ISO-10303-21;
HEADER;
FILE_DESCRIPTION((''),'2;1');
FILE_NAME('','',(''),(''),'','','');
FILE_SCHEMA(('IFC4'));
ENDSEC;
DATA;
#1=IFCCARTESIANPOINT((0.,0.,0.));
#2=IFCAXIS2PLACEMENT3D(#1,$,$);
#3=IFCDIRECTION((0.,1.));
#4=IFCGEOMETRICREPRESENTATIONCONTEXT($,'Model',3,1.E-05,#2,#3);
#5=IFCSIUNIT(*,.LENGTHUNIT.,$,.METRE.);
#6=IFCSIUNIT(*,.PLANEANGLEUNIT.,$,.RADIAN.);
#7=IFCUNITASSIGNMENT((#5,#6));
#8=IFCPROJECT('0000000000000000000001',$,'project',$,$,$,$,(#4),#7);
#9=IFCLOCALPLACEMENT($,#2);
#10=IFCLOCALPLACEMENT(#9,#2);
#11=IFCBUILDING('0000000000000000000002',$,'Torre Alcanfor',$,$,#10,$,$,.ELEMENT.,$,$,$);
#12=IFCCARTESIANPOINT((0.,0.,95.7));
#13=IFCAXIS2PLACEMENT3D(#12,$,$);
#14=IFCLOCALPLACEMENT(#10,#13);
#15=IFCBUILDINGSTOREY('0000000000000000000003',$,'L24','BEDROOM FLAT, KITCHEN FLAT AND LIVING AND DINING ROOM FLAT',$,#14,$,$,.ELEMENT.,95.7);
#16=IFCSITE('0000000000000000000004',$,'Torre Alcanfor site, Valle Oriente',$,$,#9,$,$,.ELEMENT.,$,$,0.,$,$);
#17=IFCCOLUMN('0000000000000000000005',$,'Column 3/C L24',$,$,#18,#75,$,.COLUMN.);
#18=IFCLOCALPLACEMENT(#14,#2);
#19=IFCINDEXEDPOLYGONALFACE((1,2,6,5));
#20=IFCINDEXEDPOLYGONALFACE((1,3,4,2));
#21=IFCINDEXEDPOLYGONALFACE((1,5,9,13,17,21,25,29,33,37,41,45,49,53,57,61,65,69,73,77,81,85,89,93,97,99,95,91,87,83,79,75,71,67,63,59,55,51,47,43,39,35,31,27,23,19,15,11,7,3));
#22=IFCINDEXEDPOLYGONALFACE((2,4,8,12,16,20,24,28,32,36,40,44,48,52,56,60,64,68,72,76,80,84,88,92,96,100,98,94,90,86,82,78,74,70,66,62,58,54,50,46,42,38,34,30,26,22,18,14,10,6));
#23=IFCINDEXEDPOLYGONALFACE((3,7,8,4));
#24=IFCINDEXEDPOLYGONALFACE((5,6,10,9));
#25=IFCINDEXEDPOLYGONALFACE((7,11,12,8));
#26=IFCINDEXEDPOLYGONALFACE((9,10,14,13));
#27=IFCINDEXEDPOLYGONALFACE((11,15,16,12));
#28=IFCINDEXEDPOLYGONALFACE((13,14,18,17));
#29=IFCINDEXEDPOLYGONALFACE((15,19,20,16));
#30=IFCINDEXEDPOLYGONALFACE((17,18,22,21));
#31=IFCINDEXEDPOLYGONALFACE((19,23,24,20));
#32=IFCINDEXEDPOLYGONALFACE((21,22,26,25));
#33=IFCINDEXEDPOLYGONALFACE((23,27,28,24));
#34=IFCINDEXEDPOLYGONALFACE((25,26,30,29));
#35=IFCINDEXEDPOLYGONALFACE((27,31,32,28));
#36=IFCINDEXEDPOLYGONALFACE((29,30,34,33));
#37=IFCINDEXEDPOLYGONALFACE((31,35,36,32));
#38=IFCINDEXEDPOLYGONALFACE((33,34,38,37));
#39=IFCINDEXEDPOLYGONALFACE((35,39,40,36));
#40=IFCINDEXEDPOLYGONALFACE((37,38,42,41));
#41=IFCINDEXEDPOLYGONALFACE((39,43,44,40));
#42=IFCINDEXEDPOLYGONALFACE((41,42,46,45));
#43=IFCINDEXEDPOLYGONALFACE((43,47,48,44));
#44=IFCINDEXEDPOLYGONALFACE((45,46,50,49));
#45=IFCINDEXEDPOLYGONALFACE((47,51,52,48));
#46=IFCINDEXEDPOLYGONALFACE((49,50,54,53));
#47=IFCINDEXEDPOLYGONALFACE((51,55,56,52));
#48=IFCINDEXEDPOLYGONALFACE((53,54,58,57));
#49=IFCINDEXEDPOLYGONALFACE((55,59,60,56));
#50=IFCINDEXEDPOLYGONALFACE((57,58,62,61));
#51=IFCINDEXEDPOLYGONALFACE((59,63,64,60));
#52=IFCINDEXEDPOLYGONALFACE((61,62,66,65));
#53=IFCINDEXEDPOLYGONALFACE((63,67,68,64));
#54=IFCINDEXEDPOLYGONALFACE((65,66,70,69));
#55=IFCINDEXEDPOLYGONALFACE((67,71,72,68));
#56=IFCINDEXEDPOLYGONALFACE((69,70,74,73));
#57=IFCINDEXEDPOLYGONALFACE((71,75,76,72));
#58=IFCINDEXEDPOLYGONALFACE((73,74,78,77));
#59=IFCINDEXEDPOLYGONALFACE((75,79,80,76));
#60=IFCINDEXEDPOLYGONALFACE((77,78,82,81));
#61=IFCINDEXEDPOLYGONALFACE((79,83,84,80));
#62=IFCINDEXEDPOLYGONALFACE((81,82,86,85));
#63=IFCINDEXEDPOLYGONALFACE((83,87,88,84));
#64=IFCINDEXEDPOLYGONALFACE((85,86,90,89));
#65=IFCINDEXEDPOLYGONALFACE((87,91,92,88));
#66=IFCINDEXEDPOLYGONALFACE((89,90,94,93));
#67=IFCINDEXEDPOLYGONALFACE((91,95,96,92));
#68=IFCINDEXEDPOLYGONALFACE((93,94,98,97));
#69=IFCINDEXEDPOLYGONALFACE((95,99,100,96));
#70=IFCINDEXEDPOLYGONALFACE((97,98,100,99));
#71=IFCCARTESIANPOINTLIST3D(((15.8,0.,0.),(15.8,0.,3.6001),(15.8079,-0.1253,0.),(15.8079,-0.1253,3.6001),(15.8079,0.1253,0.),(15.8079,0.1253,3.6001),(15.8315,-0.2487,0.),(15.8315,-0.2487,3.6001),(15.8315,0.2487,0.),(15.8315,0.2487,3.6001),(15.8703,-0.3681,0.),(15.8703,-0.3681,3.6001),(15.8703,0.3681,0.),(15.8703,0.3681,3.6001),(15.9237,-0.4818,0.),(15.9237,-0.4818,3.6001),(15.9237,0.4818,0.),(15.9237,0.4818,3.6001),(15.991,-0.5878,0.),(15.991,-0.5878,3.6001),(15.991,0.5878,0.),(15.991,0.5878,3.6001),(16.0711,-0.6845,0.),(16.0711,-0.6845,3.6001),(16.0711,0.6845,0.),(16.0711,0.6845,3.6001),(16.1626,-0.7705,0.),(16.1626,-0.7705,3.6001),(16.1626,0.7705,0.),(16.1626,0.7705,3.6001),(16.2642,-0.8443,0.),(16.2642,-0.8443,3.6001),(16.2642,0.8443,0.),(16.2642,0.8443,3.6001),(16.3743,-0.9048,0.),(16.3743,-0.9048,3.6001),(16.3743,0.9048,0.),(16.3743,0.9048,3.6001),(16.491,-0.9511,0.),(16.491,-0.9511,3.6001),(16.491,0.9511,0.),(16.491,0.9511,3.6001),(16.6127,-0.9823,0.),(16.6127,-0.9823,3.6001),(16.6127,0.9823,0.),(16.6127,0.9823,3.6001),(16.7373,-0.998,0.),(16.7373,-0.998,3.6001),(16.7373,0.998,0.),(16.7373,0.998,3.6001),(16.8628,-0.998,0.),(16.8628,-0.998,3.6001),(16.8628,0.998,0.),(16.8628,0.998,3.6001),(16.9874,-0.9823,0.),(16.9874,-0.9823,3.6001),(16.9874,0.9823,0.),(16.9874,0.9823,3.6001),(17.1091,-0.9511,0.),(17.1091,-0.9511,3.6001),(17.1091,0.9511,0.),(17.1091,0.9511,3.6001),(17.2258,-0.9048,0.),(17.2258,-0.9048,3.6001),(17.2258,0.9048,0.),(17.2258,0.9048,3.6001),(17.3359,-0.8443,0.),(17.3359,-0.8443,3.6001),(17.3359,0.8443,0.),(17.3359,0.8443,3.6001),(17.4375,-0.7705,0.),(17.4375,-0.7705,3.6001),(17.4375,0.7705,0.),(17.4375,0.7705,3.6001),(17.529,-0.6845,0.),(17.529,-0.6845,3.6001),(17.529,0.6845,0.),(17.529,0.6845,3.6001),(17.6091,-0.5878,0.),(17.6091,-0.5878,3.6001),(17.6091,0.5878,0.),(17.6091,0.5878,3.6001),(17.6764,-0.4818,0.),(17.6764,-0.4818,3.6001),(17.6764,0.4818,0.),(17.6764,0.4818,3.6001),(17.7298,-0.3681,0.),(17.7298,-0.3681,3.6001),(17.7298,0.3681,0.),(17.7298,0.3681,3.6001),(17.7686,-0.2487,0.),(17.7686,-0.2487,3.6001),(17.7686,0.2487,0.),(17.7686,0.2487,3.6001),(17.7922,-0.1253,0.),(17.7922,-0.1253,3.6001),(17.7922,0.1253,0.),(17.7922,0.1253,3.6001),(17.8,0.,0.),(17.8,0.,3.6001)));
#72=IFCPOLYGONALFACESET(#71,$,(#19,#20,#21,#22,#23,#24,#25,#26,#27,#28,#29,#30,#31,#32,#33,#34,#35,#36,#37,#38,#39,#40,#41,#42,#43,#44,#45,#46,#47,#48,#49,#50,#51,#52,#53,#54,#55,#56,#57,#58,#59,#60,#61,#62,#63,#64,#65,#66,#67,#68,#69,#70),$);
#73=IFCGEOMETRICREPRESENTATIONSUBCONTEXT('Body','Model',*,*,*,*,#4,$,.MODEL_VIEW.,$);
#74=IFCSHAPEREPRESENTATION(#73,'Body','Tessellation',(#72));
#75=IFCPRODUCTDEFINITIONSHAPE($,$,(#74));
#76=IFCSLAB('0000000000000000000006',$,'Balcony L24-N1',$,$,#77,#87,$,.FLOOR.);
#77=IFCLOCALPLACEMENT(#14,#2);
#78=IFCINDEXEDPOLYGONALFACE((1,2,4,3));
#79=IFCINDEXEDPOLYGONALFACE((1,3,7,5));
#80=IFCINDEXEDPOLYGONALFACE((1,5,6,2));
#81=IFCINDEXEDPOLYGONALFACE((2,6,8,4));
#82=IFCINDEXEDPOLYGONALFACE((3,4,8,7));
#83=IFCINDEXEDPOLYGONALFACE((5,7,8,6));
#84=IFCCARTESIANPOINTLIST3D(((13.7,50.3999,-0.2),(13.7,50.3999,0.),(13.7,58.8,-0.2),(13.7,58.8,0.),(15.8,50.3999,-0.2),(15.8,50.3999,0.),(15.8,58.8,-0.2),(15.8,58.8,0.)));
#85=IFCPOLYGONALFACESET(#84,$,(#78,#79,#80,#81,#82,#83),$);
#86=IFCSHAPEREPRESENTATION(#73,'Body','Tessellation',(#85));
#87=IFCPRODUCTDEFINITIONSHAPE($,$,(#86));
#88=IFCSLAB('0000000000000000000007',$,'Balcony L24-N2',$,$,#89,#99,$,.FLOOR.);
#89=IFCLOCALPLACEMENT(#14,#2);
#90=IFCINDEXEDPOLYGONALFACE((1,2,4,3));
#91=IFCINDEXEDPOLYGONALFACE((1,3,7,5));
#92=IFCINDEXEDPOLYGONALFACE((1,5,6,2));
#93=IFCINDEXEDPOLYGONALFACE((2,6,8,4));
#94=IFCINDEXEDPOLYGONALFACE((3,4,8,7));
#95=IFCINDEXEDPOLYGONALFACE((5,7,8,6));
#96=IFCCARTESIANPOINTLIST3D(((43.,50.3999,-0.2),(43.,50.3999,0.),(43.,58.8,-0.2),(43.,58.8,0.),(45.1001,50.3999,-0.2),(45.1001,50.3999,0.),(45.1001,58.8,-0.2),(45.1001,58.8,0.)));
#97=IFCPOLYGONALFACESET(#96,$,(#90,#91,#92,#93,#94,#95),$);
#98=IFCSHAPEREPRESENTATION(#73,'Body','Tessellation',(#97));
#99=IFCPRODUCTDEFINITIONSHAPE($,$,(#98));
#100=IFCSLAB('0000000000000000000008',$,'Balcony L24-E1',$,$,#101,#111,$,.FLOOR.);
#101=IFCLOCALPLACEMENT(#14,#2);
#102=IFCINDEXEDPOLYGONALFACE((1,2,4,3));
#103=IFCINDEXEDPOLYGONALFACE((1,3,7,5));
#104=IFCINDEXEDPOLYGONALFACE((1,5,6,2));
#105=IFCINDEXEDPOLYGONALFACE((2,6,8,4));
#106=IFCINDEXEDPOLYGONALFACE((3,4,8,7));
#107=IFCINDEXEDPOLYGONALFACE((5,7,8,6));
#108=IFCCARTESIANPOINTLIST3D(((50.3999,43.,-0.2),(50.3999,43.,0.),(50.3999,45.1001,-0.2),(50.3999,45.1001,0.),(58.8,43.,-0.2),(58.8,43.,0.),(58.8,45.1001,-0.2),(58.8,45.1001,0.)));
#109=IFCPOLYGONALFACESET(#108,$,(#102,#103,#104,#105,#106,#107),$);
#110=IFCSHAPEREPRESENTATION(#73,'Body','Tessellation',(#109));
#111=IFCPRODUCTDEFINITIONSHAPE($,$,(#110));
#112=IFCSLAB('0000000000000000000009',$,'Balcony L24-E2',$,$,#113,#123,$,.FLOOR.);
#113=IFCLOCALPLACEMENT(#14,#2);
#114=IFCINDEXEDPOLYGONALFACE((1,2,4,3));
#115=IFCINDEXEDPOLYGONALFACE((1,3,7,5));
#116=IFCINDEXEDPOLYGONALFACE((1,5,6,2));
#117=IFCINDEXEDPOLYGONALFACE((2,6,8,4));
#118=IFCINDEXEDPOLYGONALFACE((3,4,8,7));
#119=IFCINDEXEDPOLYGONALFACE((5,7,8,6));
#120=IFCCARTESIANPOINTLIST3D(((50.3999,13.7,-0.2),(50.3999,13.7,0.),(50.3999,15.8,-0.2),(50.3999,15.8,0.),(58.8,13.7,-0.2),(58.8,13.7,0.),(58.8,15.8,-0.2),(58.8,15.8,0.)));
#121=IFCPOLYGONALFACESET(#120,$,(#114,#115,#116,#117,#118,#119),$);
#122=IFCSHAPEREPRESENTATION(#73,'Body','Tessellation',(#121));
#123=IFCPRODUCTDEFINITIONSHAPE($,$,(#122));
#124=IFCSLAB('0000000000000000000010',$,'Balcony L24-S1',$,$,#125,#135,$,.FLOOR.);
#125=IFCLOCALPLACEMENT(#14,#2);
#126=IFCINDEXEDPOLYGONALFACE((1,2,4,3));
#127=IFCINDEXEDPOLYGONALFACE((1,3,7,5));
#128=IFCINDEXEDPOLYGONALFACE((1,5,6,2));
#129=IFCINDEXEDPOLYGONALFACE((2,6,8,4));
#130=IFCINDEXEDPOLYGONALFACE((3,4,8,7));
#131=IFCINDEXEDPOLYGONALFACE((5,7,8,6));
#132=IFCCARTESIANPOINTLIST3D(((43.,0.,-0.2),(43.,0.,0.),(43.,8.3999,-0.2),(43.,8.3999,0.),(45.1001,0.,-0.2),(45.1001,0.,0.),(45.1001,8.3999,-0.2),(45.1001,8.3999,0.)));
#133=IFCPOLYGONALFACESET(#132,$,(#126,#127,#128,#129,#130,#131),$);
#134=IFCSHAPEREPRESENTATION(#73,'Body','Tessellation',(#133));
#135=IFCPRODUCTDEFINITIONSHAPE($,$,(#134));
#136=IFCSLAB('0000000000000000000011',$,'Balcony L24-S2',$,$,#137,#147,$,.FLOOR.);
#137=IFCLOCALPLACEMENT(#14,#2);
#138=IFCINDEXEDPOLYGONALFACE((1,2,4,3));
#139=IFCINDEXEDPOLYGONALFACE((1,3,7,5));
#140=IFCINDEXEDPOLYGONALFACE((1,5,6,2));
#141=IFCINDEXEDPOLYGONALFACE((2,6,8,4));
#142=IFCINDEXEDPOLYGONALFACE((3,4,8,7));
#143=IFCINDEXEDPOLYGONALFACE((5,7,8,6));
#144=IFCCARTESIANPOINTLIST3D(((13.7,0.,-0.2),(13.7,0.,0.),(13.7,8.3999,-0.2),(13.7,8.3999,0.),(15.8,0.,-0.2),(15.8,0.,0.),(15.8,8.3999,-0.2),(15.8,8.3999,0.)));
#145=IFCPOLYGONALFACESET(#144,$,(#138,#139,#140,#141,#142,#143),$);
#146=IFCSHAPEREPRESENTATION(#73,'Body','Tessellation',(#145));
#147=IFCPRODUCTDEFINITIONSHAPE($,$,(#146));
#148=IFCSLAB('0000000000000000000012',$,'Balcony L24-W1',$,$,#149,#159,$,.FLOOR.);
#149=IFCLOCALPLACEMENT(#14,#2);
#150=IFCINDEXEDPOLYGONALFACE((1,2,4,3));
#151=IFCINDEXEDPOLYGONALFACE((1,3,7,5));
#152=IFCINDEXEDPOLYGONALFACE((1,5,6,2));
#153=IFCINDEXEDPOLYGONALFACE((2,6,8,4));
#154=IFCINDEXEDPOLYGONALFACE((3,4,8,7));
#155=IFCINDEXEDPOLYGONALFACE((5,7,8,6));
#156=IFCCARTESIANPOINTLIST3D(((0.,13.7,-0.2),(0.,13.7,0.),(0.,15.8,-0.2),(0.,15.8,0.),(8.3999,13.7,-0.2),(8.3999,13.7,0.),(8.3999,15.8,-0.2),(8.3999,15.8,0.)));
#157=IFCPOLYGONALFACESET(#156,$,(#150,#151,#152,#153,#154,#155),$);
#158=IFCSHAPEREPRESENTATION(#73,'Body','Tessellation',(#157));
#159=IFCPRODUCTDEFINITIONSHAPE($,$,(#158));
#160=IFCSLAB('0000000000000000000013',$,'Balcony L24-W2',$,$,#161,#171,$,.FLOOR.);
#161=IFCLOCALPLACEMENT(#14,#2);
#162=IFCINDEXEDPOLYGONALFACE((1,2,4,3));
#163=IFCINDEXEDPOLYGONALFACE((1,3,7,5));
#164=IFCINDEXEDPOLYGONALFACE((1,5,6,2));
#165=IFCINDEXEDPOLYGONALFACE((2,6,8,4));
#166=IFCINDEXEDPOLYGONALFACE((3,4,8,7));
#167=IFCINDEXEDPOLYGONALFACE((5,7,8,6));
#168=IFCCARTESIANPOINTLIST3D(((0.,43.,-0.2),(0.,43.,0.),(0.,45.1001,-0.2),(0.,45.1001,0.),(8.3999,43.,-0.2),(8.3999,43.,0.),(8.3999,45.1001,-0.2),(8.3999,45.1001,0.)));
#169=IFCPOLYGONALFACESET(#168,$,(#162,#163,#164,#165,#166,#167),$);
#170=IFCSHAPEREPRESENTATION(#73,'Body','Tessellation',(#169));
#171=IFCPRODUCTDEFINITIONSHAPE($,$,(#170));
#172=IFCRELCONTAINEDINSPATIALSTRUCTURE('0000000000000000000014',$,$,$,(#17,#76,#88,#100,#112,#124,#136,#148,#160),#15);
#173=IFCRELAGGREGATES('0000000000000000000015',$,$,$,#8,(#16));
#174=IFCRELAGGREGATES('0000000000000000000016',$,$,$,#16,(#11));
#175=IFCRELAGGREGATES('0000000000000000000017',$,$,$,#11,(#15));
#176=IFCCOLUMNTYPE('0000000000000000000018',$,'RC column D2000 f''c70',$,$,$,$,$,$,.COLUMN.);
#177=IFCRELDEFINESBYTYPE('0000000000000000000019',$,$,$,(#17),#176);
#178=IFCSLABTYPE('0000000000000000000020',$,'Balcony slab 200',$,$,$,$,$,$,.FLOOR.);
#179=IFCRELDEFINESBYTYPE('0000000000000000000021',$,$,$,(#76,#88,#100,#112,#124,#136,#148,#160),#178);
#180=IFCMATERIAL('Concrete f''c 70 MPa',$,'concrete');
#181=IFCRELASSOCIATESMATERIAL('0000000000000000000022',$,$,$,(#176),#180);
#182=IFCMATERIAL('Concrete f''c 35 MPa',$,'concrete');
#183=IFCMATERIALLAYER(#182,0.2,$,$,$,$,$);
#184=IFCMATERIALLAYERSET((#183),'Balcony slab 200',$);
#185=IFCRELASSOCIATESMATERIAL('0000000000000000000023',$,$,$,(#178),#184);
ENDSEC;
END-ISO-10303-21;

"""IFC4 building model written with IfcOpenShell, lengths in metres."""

from ifc_helpers import new_model, si_unit, direction, frame, origin, origin_2d, place, context, subcontext, project, spatial, polyline, circle, outline, extrude, material, layer, layer_set, material_profile, profile_set, type_object, element, save


model = new_model("IFC4")

# Units and contexts
model_context = context("Model", 3, precision=1e-05, world=origin(), true_north=direction((0.0, 1.0)))
body_context = subcontext(model_context, "Body", "Model", "MODEL_VIEW")
ifc_project = project(units=[si_unit("LENGTHUNIT", "METRE"), si_unit("PLANEANGLEUNIT", "RADIAN")], contexts=[model_context])

# Site, building, storey
site_placement = place(None, origin())
site = spatial("IfcSite", under=ifc_project, at=site_placement, Name="Torre Alcanfor site, Valle Oriente", CompositionType="ELEMENT", RefElevation=0.0)
building_placement = place(site_placement, origin())
building = spatial("IfcBuilding", under=site, at=building_placement, Name="Torre Alcanfor", CompositionType="ELEMENT")
storey_placement = place(building_placement, frame((0.0, 0.0, 95.7)))
storey = spatial("IfcBuildingStorey", under=building, at=storey_placement, Name="L24", Description="BEDROOM FLAT, KITCHEN FLAT AND LIVING AND DINING ROOM FLAT", CompositionType="ELEMENT", Elevation=95.7)

# Column
ifc_material_1 = material(Name="Concrete f'c 70 MPa", Category="concrete")
ifc_material_profile = material_profile(ifc_material_1, circle(Radius=1.0, at=origin_2d()), Name="D2000")
ifc_profile_set = profile_set([ifc_material_profile], Name="Concrete f'c 70 MPa")
column_type = type_object("IfcColumnType", Name="RC column D2000 f'c70", PredefinedType="COLUMN", material=ifc_profile_set)
column_placement = place(storey_placement, frame((16.8, 0.0, 0.0), z_axis=(0.0, 0.0, 1.0), x_axis=(1.0, 0.0, 0.0)))
element("IfcColumn", 1, at=column_placement, inside=storey, type_object=column_type, Name="Column 3/C L24", PredefinedType="COLUMN", context=body_context, shape_type="SweptSolid", body=[
    extrude(circle(Radius=1.0, at=origin_2d()), origin(), (0.0, 0.0, 1.0), 3.6001),
])

# Slabs
ifc_material_2 = material(Name="Concrete f'c 35 MPa", Category="concrete")
ifc_layer_1 = layer(ifc_material_2, 0.2)
ifc_layer_set_1 = layer_set([ifc_layer_1], Name="Balcony slab 200")
slab_type_1 = type_object("IfcSlabType", Name="Balcony slab 200", PredefinedType="FLOOR", material=ifc_layer_set_1)
slab_1_placement = place(storey_placement, frame((0.0, 0.0, -0.2)))
element("IfcSlab", 2, at=slab_1_placement, inside=storey, type_object=slab_type_1, Name="Balcony L24-N1", PredefinedType="FLOOR", context=body_context, shape_type="SweptSolid", body=[
    extrude(outline(polyline([(15.8, 50.3999), (15.8, 58.8), (13.7, 58.8), (13.7, 50.3999), (15.8, 50.3999)])), origin(), (0.0, 0.0, 1.0), 0.2),
])
slab_2_placement = place(storey_placement, frame((0.0, 0.0, -0.2)))
element("IfcSlab", 3, at=slab_2_placement, inside=storey, type_object=slab_type_1, Name="Balcony L24-N2", PredefinedType="FLOOR", context=body_context, shape_type="SweptSolid", body=[
    extrude(outline(polyline([(45.1001, 50.3999), (45.1001, 58.8), (43.0, 58.8), (43.0, 50.3999), (45.1001, 50.3999)])), origin(), (0.0, 0.0, 1.0), 0.2),
])
slab_3_placement = place(storey_placement, frame((0.0, 0.0, -0.2)))
element("IfcSlab", 4, at=slab_3_placement, inside=storey, type_object=slab_type_1, Name="Balcony L24-E1", PredefinedType="FLOOR", context=body_context, shape_type="SweptSolid", body=[
    extrude(outline(polyline([(50.3999, 43.0), (58.8, 43.0), (58.8, 45.1001), (50.3999, 45.1001), (50.3999, 43.0)])), origin(), (0.0, 0.0, 1.0), 0.2),
])
slab_4_placement = place(storey_placement, frame((0.0, 0.0, -0.2)))
element("IfcSlab", 5, at=slab_4_placement, inside=storey, type_object=slab_type_1, Name="Balcony L24-E2", PredefinedType="FLOOR", context=body_context, shape_type="SweptSolid", body=[
    extrude(outline(polyline([(50.3999, 13.7), (58.8, 13.7), (58.8, 15.8), (50.3999, 15.8), (50.3999, 13.7)])), origin(), (0.0, 0.0, 1.0), 0.2),
])
slab_5_placement = place(storey_placement, frame((0.0, 0.0, -0.2)))
element("IfcSlab", 6, at=slab_5_placement, inside=storey, type_object=slab_type_1, Name="Balcony L24-S1", PredefinedType="FLOOR", context=body_context, shape_type="SweptSolid", body=[
    extrude(outline(polyline([(43.0, 8.3999), (43.0, 0.0), (45.1001, 0.0), (45.1001, 8.3999), (43.0, 8.3999)])), origin(), (0.0, 0.0, 1.0), 0.2),
])
slab_6_placement = place(storey_placement, frame((0.0, 0.0, -0.2)))
element("IfcSlab", 7, at=slab_6_placement, inside=storey, type_object=slab_type_1, Name="Balcony L24-S2", PredefinedType="FLOOR", context=body_context, shape_type="SweptSolid", body=[
    extrude(outline(polyline([(13.7, 8.3999), (13.7, 0.0), (15.8, 0.0), (15.8, 8.3999), (13.7, 8.3999)])), origin(), (0.0, 0.0, 1.0), 0.2),
])
slab_7_placement = place(storey_placement, frame((0.0, 0.0, -0.2)))
element("IfcSlab", 8, at=slab_7_placement, inside=storey, type_object=slab_type_1, Name="Balcony L24-W1", PredefinedType="FLOOR", context=body_context, shape_type="SweptSolid", body=[
    extrude(outline(polyline([(8.3999, 15.8), (0.0, 15.8), (0.0, 13.7), (8.3999, 13.7), (8.3999, 15.8)])), origin(), (0.0, 0.0, 1.0), 0.2),
])
slab_8_placement = place(storey_placement, frame((0.0, 0.0, -0.2)))
element("IfcSlab", 9, at=slab_8_placement, inside=storey, type_object=slab_type_1, Name="Balcony L24-W2", PredefinedType="FLOOR", context=body_context, shape_type="SweptSolid", body=[
    extrude(outline(polyline([(8.3999, 45.1001), (0.0, 45.1001), (0.0, 43.0), (8.3999, 43.0), (8.3999, 45.1001)])), origin(), (0.0, 0.0, 1.0), 0.2),
])

save(model, "model.ifc")
